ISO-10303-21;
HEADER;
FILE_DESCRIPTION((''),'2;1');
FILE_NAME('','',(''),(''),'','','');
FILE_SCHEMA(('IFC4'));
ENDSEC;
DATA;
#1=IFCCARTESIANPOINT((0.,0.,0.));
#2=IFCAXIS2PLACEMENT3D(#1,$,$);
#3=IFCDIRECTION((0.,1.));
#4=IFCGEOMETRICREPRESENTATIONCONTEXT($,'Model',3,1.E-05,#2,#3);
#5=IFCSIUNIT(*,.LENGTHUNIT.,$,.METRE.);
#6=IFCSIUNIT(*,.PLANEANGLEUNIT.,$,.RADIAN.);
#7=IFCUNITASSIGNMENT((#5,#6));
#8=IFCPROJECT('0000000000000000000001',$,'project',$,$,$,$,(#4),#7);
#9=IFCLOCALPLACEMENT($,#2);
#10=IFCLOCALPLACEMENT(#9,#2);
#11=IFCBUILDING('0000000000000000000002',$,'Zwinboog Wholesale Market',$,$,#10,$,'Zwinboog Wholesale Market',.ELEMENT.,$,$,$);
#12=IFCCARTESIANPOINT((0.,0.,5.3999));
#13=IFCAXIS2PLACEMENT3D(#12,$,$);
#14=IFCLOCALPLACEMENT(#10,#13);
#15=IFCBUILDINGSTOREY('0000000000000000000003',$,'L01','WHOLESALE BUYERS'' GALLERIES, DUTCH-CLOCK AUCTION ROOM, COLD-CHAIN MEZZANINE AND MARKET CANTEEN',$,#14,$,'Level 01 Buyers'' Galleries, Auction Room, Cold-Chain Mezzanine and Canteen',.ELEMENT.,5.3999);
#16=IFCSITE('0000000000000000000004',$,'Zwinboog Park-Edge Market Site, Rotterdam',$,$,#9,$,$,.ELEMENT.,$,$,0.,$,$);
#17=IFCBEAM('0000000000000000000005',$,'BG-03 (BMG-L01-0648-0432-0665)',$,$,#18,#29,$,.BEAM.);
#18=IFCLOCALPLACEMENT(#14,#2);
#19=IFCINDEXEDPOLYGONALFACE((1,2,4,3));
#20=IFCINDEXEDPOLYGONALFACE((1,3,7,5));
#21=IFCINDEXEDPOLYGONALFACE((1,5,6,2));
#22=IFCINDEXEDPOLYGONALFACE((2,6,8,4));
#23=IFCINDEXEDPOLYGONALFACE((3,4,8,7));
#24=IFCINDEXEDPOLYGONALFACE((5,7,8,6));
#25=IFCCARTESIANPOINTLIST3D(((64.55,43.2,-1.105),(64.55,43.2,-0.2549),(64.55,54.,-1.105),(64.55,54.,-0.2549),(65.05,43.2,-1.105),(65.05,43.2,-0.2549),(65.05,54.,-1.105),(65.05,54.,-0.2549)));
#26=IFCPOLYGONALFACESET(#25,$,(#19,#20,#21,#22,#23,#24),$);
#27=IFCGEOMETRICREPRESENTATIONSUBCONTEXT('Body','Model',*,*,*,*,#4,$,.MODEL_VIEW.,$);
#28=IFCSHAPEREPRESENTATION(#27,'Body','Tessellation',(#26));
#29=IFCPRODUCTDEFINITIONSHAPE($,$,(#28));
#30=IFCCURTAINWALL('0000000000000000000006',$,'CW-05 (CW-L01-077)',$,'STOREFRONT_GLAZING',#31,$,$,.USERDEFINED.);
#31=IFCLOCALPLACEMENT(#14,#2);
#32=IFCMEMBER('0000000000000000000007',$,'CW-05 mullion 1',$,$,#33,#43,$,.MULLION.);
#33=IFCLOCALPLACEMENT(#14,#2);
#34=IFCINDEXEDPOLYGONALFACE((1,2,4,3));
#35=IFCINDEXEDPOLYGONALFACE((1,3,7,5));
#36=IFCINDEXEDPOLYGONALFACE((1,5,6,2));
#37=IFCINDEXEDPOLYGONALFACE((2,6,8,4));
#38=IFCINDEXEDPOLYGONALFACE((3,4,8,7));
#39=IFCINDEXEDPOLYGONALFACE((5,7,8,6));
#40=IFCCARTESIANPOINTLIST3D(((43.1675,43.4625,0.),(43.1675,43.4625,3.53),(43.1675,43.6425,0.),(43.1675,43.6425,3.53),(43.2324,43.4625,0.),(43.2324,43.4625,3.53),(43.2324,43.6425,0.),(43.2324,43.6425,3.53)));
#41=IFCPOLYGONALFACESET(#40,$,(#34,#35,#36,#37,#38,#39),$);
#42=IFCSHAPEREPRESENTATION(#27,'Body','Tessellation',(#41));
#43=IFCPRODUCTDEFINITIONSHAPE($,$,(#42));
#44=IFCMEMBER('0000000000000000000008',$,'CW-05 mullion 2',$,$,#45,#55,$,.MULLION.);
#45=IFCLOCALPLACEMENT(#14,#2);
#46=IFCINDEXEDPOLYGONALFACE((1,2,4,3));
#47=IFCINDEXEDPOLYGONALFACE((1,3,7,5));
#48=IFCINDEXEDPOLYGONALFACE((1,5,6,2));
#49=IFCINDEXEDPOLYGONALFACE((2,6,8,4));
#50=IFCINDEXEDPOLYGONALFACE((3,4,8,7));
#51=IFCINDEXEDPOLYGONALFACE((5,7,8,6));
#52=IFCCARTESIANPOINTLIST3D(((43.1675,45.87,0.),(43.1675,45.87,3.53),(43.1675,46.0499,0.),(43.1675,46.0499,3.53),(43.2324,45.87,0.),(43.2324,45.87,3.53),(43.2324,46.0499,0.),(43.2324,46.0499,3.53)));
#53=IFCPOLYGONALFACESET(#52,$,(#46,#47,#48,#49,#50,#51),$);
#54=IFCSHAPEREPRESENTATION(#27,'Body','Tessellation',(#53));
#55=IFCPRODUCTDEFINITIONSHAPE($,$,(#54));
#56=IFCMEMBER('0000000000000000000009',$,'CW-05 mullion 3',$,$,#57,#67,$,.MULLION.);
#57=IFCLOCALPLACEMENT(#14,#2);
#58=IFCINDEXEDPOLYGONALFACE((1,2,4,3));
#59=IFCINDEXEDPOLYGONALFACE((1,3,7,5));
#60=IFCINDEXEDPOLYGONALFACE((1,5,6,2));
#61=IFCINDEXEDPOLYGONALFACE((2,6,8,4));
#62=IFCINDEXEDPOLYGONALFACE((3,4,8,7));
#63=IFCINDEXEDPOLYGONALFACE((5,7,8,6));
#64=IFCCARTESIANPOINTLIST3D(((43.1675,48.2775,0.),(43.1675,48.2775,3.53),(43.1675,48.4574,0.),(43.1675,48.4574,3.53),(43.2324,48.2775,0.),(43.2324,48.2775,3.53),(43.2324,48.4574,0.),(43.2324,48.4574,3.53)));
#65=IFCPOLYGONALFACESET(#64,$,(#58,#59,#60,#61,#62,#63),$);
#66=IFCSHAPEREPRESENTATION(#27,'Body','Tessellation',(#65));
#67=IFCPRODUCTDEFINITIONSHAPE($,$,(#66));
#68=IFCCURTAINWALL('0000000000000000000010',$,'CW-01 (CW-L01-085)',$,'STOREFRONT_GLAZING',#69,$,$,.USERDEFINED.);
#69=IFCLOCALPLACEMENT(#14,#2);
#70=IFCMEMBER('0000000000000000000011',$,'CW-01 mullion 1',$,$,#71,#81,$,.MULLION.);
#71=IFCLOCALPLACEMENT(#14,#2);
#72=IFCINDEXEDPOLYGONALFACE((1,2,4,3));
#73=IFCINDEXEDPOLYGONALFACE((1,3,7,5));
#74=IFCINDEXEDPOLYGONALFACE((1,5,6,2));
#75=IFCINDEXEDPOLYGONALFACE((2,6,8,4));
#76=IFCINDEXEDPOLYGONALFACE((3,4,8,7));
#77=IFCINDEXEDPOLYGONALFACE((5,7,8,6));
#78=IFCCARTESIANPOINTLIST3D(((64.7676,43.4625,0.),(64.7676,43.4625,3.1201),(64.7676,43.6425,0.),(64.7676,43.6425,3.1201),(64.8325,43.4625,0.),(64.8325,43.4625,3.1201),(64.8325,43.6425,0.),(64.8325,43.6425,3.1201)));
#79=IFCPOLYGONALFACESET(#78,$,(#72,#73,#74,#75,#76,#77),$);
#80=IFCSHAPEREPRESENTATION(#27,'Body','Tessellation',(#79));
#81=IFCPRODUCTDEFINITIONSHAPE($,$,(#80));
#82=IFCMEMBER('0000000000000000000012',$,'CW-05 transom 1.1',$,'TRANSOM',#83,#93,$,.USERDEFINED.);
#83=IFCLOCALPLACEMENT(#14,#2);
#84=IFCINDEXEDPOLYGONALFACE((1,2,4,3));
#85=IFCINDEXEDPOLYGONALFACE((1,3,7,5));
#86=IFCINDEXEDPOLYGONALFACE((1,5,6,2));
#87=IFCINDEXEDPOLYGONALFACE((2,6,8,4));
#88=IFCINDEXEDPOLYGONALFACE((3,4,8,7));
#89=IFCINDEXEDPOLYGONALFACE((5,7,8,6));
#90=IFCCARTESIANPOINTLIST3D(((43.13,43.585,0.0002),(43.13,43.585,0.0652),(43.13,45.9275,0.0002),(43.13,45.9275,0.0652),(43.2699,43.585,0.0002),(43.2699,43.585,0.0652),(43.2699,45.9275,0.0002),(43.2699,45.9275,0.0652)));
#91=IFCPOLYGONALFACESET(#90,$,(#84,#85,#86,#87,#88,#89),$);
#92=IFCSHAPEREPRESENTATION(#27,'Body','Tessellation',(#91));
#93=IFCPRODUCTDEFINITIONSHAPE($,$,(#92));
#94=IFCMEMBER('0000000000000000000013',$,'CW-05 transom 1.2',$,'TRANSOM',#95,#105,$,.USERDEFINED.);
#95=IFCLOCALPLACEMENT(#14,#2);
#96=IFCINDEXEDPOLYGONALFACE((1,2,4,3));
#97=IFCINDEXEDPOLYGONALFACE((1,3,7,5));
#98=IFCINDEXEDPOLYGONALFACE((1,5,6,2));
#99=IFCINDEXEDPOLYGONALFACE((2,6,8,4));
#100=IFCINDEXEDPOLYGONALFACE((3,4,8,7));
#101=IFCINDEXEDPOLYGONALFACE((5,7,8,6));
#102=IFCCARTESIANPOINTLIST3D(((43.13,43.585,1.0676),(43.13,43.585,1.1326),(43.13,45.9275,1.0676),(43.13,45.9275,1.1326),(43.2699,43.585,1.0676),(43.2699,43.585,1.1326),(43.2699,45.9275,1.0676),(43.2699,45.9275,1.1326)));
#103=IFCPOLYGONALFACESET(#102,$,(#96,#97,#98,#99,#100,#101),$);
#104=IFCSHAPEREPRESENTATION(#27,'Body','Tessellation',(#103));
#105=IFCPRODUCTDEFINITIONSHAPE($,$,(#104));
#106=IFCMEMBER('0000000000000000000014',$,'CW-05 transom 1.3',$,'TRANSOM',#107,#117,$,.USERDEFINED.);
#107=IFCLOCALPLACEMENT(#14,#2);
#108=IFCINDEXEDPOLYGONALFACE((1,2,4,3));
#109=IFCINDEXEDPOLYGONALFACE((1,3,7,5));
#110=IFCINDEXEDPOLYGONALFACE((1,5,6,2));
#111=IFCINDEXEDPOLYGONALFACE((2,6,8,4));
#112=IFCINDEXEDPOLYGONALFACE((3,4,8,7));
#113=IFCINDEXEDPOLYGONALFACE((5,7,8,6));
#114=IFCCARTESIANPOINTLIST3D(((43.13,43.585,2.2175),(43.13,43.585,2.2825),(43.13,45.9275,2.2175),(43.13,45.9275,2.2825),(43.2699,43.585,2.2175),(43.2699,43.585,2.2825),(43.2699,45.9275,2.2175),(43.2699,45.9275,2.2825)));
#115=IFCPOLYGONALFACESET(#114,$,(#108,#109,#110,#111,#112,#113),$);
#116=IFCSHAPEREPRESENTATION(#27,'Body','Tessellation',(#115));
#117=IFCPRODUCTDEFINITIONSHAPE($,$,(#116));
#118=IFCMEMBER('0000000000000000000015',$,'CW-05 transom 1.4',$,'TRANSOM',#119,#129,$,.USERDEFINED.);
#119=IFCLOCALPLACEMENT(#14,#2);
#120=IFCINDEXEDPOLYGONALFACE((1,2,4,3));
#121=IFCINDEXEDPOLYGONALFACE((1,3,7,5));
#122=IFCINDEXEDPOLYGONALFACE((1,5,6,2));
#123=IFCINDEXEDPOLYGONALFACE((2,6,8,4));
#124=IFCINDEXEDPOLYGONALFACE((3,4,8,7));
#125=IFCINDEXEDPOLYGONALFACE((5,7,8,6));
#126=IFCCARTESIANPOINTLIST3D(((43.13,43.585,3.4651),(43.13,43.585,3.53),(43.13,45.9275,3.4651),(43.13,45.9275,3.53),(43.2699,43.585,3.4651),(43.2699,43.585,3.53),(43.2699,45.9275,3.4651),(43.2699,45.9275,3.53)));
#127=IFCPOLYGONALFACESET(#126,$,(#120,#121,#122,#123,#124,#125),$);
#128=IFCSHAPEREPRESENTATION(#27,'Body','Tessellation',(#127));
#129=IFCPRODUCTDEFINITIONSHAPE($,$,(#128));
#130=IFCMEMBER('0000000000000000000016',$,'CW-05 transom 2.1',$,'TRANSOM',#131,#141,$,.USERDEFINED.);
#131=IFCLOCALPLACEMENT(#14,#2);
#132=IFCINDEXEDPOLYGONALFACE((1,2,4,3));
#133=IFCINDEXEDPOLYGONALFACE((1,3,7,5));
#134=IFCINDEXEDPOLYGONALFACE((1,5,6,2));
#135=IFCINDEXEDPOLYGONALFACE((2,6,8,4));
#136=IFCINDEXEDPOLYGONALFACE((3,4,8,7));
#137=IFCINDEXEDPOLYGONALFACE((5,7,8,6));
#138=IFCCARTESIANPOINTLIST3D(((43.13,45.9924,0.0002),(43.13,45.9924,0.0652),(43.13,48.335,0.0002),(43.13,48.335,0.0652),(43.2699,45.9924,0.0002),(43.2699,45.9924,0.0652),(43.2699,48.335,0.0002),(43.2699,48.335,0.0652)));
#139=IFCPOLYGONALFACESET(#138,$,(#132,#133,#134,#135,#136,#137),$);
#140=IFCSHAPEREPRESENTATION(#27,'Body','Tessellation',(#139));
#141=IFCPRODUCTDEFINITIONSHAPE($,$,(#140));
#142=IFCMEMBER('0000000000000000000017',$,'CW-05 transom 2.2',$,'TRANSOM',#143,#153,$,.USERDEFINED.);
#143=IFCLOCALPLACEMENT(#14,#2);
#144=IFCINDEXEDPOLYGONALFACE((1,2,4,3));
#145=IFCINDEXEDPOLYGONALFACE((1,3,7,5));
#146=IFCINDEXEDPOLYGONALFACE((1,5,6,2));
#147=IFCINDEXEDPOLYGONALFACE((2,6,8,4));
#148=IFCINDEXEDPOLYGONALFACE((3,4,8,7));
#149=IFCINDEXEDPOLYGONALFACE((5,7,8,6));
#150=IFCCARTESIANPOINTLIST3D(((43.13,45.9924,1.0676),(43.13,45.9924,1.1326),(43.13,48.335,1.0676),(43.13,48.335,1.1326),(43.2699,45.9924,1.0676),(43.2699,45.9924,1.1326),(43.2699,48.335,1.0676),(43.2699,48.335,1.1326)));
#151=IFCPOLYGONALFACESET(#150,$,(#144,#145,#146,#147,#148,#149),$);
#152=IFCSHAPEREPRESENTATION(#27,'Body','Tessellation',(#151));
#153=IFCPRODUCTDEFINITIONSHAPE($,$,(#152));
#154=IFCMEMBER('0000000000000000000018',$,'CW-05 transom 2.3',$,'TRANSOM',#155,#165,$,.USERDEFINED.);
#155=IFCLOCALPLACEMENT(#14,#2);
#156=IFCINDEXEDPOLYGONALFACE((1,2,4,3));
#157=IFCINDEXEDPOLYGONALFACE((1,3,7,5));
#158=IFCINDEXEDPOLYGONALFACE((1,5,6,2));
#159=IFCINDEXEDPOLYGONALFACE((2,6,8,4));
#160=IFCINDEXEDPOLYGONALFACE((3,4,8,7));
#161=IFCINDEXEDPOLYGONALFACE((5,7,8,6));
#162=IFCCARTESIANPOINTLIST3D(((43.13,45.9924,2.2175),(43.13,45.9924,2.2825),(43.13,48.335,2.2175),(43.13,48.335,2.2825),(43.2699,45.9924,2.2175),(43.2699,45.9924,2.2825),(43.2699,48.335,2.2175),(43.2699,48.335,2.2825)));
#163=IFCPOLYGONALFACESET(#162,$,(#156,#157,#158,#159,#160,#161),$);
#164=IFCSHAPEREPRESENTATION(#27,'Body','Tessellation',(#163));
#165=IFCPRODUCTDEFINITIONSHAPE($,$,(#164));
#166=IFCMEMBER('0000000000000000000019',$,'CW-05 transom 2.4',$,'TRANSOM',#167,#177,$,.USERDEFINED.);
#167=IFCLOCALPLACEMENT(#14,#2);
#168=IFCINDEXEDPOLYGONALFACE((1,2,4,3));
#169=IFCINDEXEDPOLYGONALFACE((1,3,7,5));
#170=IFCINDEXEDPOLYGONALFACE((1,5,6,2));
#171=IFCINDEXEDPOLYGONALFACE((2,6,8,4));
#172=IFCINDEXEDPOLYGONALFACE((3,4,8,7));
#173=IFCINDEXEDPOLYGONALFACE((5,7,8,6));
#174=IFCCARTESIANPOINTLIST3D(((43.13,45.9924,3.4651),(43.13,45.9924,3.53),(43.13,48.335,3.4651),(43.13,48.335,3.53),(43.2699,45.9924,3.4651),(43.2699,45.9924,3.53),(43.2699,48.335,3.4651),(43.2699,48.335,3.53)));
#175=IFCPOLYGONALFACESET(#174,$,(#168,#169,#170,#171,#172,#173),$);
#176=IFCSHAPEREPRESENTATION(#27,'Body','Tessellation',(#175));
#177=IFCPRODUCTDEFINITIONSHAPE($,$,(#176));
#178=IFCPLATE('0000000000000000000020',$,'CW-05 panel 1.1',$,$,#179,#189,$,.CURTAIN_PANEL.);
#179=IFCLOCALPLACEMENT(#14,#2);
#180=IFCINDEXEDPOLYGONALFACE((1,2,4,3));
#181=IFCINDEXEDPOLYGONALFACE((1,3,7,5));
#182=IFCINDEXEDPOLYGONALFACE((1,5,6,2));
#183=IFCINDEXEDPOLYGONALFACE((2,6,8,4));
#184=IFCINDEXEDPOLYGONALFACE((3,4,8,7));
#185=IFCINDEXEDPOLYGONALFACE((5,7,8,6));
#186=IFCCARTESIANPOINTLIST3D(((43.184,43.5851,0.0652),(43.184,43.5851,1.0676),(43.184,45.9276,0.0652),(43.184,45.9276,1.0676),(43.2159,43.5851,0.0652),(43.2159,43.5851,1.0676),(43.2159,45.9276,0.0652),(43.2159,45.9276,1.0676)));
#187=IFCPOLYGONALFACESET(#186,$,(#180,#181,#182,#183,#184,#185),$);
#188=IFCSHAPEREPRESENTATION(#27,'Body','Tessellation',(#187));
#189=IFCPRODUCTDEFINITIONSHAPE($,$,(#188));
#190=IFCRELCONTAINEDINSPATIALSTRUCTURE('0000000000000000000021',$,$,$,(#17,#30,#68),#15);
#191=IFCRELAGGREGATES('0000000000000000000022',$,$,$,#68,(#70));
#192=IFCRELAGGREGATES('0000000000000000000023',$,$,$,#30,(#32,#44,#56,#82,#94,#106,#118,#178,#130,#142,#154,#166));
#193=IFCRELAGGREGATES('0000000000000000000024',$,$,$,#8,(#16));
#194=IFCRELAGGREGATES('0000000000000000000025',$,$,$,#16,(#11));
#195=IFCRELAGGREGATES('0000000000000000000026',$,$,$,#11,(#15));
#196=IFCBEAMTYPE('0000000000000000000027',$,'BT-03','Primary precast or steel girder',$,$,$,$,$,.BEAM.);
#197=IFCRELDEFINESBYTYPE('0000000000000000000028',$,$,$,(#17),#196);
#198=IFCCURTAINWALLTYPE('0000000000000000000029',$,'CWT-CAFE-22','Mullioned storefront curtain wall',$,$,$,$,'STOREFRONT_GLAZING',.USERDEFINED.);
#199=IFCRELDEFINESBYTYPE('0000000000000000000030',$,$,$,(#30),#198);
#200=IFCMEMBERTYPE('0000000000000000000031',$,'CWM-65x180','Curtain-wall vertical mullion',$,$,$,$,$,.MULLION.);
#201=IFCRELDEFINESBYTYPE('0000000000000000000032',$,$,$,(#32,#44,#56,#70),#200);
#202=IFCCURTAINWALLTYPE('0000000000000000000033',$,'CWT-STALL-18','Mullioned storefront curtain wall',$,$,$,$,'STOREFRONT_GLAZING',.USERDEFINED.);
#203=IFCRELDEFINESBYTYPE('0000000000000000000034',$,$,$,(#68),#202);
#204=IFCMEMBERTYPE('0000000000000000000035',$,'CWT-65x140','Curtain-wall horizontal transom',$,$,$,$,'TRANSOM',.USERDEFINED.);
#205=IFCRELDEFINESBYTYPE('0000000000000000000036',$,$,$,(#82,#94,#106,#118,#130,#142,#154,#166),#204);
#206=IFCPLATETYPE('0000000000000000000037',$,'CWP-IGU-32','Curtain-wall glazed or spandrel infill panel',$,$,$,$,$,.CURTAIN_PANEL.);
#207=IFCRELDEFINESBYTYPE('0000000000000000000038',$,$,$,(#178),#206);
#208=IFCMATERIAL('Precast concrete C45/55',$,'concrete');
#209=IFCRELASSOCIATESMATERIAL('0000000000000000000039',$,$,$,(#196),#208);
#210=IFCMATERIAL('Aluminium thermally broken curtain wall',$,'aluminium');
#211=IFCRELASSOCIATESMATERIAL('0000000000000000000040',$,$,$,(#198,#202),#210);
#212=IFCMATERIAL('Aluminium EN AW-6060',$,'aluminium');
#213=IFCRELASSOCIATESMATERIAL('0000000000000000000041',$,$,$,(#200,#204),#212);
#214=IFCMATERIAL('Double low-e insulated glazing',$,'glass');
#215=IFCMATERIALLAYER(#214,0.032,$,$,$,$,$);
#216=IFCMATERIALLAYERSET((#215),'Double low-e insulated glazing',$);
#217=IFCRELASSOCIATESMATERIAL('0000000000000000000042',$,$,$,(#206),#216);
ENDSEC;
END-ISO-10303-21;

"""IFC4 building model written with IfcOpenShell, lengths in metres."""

from ifc_helpers import new_model, si_unit, direction, frame, origin, origin_2d, place, context, subcontext, project, spatial, rectangle, extrude, material, layer, layer_set, material_profile, profile_set, type_object, element, aggregate, save


model = new_model("IFC4")

# Units and contexts
model_context = context("Model", 3, precision=1e-05, world=origin(), true_north=direction((0.0, 1.0)))
body_context = subcontext(model_context, "Body", "Model", "MODEL_VIEW")
ifc_project = project(units=[si_unit("LENGTHUNIT", "METRE"), si_unit("PLANEANGLEUNIT", "RADIAN")], contexts=[model_context])

# Site, building, storey
site_placement = place(None, origin())
site = spatial("IfcSite", under=ifc_project, at=site_placement, Name="Zwinboog Park-Edge Market Site, Rotterdam", CompositionType="ELEMENT", RefElevation=0.0)
building_placement = place(site_placement, origin())
building = spatial("IfcBuilding", under=site, at=building_placement, Name="Zwinboog Wholesale Market", LongName="Zwinboog Wholesale Market", CompositionType="ELEMENT")
storey_placement = place(building_placement, frame((0.0, 0.0, 5.3999)))
storey = spatial("IfcBuildingStorey", under=building, at=storey_placement, Name="L01", Description="WHOLESALE BUYERS' GALLERIES, DUTCH-CLOCK AUCTION ROOM, COLD-CHAIN MEZZANINE AND MARKET CANTEEN", LongName="Level 01 Buyers' Galleries, Auction Room, Cold-Chain Mezzanine and Canteen", CompositionType="ELEMENT", Elevation=5.3999)

# Beam
ifc_material_1 = material(Name="Precast concrete C45/55", Category="concrete")
ifc_material_profile_1 = material_profile(ifc_material_1, rectangle(XDim=0.5, YDim=0.8501, at=origin_2d()), Name="PC 500x850")
ifc_profile_set_1 = profile_set([ifc_material_profile_1], Name="Precast concrete C45/55")
beam_type = type_object("IfcBeamType", Name="BT-03", Description="Primary precast or steel girder", PredefinedType="BEAM", material=ifc_profile_set_1)
beam_placement = place(storey_placement, frame((64.8, 43.2, -0.6799), z_axis=(0.0, 1.0, 0.0), x_axis=(-1.0, 0.0, 0.0)))
element("IfcBeam", 1, at=beam_placement, inside=storey, type_object=beam_type, Name="BG-03 (BMG-L01-0648-0432-0665)", PredefinedType="BEAM", context=body_context, shape_type="SweptSolid", body=[
    extrude(rectangle(XDim=0.5, YDim=0.8501, at=origin_2d()), origin(), (0.0, 0.0, 1.0), 10.8),
])

# Curtain wall, members
ifc_material_2 = material(Name="Aluminium thermally broken curtain wall", Category="aluminium")
curtain_wall_type_1 = type_object("IfcCurtainWallType", Name="CWT-CAFE-22", Description="Mullioned storefront curtain wall", ElementType="STOREFRONT_GLAZING", PredefinedType="USERDEFINED", material=ifc_material_2)
curtain_wall_1_placement = place(storey_placement, origin())
curtain_wall_1 = element("IfcCurtainWall", 2, at=curtain_wall_1_placement, inside=storey, type_object=curtain_wall_type_1, Name="CW-05 (CW-L01-077)", ObjectType="STOREFRONT_GLAZING", PredefinedType="USERDEFINED")
ifc_material_3 = material(Name="Aluminium EN AW-6060", Category="aluminium")
ifc_material_profile_2 = material_profile(ifc_material_3, rectangle(XDim=0.0649, YDim=0.1799, at=origin_2d()), Name="AL 65x180")
ifc_profile_set_2 = profile_set([ifc_material_profile_2], Name="Aluminium EN AW-6060")
member_type_1 = type_object("IfcMemberType", Name="CWM-65x180", Description="Curtain-wall vertical mullion", PredefinedType="MULLION", material=ifc_profile_set_2)
member_1_placement = place(storey_placement, frame((43.2, 43.5525, 0.0), z_axis=(0.0, 0.0, 1.0), x_axis=(-1.0, 0.0, 0.0)))
member_1 = element("IfcMember", 3, at=member_1_placement, type_object=member_type_1, Name="CW-05 mullion 1", PredefinedType="MULLION", context=body_context, shape_type="SweptSolid", body=[
    extrude(rectangle(XDim=0.0649, YDim=0.1799, at=origin_2d()), origin(), (0.0, 0.0, 1.0), 3.53),
])
member_2_placement = place(storey_placement, frame((43.2, 45.96, 0.0), z_axis=(0.0, 0.0, 1.0), x_axis=(-1.0, 0.0, 0.0)))
member_2 = element("IfcMember", 4, at=member_2_placement, type_object=member_type_1, Name="CW-05 mullion 2", PredefinedType="MULLION", context=body_context, shape_type="SweptSolid", body=[
    extrude(rectangle(XDim=0.0649, YDim=0.1799, at=origin_2d()), origin(), (0.0, 0.0, 1.0), 3.53),
])
member_3_placement = place(storey_placement, frame((43.2, 48.3674, 0.0), z_axis=(0.0, 0.0, 1.0), x_axis=(-1.0, 0.0, 0.0)))
member_3 = element("IfcMember", 5, at=member_3_placement, type_object=member_type_1, Name="CW-05 mullion 3", PredefinedType="MULLION", context=body_context, shape_type="SweptSolid", body=[
    extrude(rectangle(XDim=0.0649, YDim=0.1799, at=origin_2d()), origin(), (0.0, 0.0, 1.0), 3.53),
])

# Curtain wall, member
curtain_wall_type_2 = type_object("IfcCurtainWallType", Name="CWT-STALL-18", Description="Mullioned storefront curtain wall", ElementType="STOREFRONT_GLAZING", PredefinedType="USERDEFINED", material=ifc_material_2)
curtain_wall_2_placement = place(storey_placement, origin())
curtain_wall_2 = element("IfcCurtainWall", 6, at=curtain_wall_2_placement, inside=storey, type_object=curtain_wall_type_2, Name="CW-01 (CW-L01-085)", ObjectType="STOREFRONT_GLAZING", PredefinedType="USERDEFINED")
member_4_placement = place(storey_placement, frame((64.8, 43.5525, 0.0), z_axis=(0.0, 0.0, 1.0), x_axis=(-1.0, 0.0, 0.0)))
member_4 = element("IfcMember", 7, at=member_4_placement, type_object=member_type_1, Name="CW-01 mullion 1", PredefinedType="MULLION", context=body_context, shape_type="SweptSolid", body=[
    extrude(rectangle(XDim=0.0649, YDim=0.1799, at=origin_2d()), origin(), (0.0, 0.0, 1.0), 3.1201),
])
aggregate(curtain_wall_2, [member_4])

# Members
ifc_material_profile_3 = material_profile(ifc_material_3, rectangle(XDim=0.1399, YDim=0.0649, at=origin_2d()), Name="AL 65x140")
ifc_profile_set_3 = profile_set([ifc_material_profile_3], Name="Aluminium EN AW-6060")
member_type_2 = type_object("IfcMemberType", Name="CWT-65x140", Description="Curtain-wall horizontal transom", ElementType="TRANSOM", PredefinedType="USERDEFINED", material=ifc_profile_set_3)
member_5_placement = place(storey_placement, frame((43.2, 43.585, 0.0327), z_axis=(0.0, 1.0, 0.0), x_axis=(-1.0, 0.0, 0.0)))
member_5 = element("IfcMember", 8, at=member_5_placement, type_object=member_type_2, Name="CW-05 transom 1.1", ObjectType="TRANSOM", PredefinedType="USERDEFINED", context=body_context, shape_type="SweptSolid", body=[
    extrude(rectangle(XDim=0.1399, YDim=0.0649, at=origin_2d()), origin(), (0.0, 0.0, 1.0), 2.3425),
])
member_6_placement = place(storey_placement, frame((43.2, 43.585, 1.1001), z_axis=(0.0, 1.0, 0.0), x_axis=(-1.0, 0.0, 0.0)))
member_6 = element("IfcMember", 9, at=member_6_placement, type_object=member_type_2, Name="CW-05 transom 1.2", ObjectType="TRANSOM", PredefinedType="USERDEFINED", context=body_context, shape_type="SweptSolid", body=[
    extrude(rectangle(XDim=0.1399, YDim=0.0649, at=origin_2d()), origin(), (0.0, 0.0, 1.0), 2.3425),
])
member_7_placement = place(storey_placement, frame((43.2, 43.585, 2.25), z_axis=(0.0, 1.0, 0.0), x_axis=(-1.0, 0.0, 0.0)))
member_7 = element("IfcMember", 10, at=member_7_placement, type_object=member_type_2, Name="CW-05 transom 1.3", ObjectType="TRANSOM", PredefinedType="USERDEFINED", context=body_context, shape_type="SweptSolid", body=[
    extrude(rectangle(XDim=0.1399, YDim=0.0649, at=origin_2d()), origin(), (0.0, 0.0, 1.0), 2.3425),
])
member_8_placement = place(storey_placement, frame((43.2, 43.585, 3.4976), z_axis=(0.0, 1.0, 0.0), x_axis=(-1.0, 0.0, 0.0)))
member_8 = element("IfcMember", 11, at=member_8_placement, type_object=member_type_2, Name="CW-05 transom 1.4", ObjectType="TRANSOM", PredefinedType="USERDEFINED", context=body_context, shape_type="SweptSolid", body=[
    extrude(rectangle(XDim=0.1399, YDim=0.0649, at=origin_2d()), origin(), (0.0, 0.0, 1.0), 2.3425),
])
member_9_placement = place(storey_placement, frame((43.2, 45.9924, 0.0327), z_axis=(0.0, 1.0, 0.0), x_axis=(-1.0, 0.0, 0.0)))
member_9 = element("IfcMember", 12, at=member_9_placement, type_object=member_type_2, Name="CW-05 transom 2.1", ObjectType="TRANSOM", PredefinedType="USERDEFINED", context=body_context, shape_type="SweptSolid", body=[
    extrude(rectangle(XDim=0.1399, YDim=0.0649, at=origin_2d()), origin(), (0.0, 0.0, 1.0), 2.3425),
])
member_10_placement = place(storey_placement, frame((43.2, 45.9924, 1.1001), z_axis=(0.0, 1.0, 0.0), x_axis=(-1.0, 0.0, 0.0)))
member_10 = element("IfcMember", 13, at=member_10_placement, type_object=member_type_2, Name="CW-05 transom 2.2", ObjectType="TRANSOM", PredefinedType="USERDEFINED", context=body_context, shape_type="SweptSolid", body=[
    extrude(rectangle(XDim=0.1399, YDim=0.0649, at=origin_2d()), origin(), (0.0, 0.0, 1.0), 2.3425),
])
member_11_placement = place(storey_placement, frame((43.2, 45.9924, 2.25), z_axis=(0.0, 1.0, 0.0), x_axis=(-1.0, 0.0, 0.0)))
member_11 = element("IfcMember", 14, at=member_11_placement, type_object=member_type_2, Name="CW-05 transom 2.3", ObjectType="TRANSOM", PredefinedType="USERDEFINED", context=body_context, shape_type="SweptSolid", body=[
    extrude(rectangle(XDim=0.1399, YDim=0.0649, at=origin_2d()), origin(), (0.0, 0.0, 1.0), 2.3425),
])
member_12_placement = place(storey_placement, frame((43.2, 45.9924, 3.4976), z_axis=(0.0, 1.0, 0.0), x_axis=(-1.0, 0.0, 0.0)))
member_12 = element("IfcMember", 15, at=member_12_placement, type_object=member_type_2, Name="CW-05 transom 2.4", ObjectType="TRANSOM", PredefinedType="USERDEFINED", context=body_context, shape_type="SweptSolid", body=[
    extrude(rectangle(XDim=0.1399, YDim=0.0649, at=origin_2d()), origin(), (0.0, 0.0, 1.0), 2.3425),
])

# Plate
ifc_material_4 = material(Name="Double low-e insulated glazing", Category="glass")
ifc_layer_1 = layer(ifc_material_4, 0.032)
ifc_layer_set_1 = layer_set([ifc_layer_1], Name="Double low-e insulated glazing")
plate_type = type_object("IfcPlateType", Name="CWP-IGU-32", Description="Curtain-wall glazed or spandrel infill panel", PredefinedType="CURTAIN_PANEL", material=ifc_layer_set_1)
plate_1_placement = place(storey_placement, frame((43.2, 44.7563, 0.0652), z_axis=(0.0, 0.0, 1.0), x_axis=(0.0, 1.0, 0.0)))
plate_1 = element("IfcPlate", 16, at=plate_1_placement, type_object=plate_type, Name="CW-05 panel 1.1", PredefinedType="CURTAIN_PANEL", context=body_context, shape_type="SweptSolid", body=[
    extrude(rectangle(XDim=2.3425, YDim=0.032, at=origin_2d()), origin(), (0.0, 0.0, 1.0), 1.0024),
])
aggregate(curtain_wall_1, [member_1, member_2, member_3, member_5, member_6, member_7, member_8, plate_1, member_9, member_10, member_11, member_12])

save(model, "model.ifc")
